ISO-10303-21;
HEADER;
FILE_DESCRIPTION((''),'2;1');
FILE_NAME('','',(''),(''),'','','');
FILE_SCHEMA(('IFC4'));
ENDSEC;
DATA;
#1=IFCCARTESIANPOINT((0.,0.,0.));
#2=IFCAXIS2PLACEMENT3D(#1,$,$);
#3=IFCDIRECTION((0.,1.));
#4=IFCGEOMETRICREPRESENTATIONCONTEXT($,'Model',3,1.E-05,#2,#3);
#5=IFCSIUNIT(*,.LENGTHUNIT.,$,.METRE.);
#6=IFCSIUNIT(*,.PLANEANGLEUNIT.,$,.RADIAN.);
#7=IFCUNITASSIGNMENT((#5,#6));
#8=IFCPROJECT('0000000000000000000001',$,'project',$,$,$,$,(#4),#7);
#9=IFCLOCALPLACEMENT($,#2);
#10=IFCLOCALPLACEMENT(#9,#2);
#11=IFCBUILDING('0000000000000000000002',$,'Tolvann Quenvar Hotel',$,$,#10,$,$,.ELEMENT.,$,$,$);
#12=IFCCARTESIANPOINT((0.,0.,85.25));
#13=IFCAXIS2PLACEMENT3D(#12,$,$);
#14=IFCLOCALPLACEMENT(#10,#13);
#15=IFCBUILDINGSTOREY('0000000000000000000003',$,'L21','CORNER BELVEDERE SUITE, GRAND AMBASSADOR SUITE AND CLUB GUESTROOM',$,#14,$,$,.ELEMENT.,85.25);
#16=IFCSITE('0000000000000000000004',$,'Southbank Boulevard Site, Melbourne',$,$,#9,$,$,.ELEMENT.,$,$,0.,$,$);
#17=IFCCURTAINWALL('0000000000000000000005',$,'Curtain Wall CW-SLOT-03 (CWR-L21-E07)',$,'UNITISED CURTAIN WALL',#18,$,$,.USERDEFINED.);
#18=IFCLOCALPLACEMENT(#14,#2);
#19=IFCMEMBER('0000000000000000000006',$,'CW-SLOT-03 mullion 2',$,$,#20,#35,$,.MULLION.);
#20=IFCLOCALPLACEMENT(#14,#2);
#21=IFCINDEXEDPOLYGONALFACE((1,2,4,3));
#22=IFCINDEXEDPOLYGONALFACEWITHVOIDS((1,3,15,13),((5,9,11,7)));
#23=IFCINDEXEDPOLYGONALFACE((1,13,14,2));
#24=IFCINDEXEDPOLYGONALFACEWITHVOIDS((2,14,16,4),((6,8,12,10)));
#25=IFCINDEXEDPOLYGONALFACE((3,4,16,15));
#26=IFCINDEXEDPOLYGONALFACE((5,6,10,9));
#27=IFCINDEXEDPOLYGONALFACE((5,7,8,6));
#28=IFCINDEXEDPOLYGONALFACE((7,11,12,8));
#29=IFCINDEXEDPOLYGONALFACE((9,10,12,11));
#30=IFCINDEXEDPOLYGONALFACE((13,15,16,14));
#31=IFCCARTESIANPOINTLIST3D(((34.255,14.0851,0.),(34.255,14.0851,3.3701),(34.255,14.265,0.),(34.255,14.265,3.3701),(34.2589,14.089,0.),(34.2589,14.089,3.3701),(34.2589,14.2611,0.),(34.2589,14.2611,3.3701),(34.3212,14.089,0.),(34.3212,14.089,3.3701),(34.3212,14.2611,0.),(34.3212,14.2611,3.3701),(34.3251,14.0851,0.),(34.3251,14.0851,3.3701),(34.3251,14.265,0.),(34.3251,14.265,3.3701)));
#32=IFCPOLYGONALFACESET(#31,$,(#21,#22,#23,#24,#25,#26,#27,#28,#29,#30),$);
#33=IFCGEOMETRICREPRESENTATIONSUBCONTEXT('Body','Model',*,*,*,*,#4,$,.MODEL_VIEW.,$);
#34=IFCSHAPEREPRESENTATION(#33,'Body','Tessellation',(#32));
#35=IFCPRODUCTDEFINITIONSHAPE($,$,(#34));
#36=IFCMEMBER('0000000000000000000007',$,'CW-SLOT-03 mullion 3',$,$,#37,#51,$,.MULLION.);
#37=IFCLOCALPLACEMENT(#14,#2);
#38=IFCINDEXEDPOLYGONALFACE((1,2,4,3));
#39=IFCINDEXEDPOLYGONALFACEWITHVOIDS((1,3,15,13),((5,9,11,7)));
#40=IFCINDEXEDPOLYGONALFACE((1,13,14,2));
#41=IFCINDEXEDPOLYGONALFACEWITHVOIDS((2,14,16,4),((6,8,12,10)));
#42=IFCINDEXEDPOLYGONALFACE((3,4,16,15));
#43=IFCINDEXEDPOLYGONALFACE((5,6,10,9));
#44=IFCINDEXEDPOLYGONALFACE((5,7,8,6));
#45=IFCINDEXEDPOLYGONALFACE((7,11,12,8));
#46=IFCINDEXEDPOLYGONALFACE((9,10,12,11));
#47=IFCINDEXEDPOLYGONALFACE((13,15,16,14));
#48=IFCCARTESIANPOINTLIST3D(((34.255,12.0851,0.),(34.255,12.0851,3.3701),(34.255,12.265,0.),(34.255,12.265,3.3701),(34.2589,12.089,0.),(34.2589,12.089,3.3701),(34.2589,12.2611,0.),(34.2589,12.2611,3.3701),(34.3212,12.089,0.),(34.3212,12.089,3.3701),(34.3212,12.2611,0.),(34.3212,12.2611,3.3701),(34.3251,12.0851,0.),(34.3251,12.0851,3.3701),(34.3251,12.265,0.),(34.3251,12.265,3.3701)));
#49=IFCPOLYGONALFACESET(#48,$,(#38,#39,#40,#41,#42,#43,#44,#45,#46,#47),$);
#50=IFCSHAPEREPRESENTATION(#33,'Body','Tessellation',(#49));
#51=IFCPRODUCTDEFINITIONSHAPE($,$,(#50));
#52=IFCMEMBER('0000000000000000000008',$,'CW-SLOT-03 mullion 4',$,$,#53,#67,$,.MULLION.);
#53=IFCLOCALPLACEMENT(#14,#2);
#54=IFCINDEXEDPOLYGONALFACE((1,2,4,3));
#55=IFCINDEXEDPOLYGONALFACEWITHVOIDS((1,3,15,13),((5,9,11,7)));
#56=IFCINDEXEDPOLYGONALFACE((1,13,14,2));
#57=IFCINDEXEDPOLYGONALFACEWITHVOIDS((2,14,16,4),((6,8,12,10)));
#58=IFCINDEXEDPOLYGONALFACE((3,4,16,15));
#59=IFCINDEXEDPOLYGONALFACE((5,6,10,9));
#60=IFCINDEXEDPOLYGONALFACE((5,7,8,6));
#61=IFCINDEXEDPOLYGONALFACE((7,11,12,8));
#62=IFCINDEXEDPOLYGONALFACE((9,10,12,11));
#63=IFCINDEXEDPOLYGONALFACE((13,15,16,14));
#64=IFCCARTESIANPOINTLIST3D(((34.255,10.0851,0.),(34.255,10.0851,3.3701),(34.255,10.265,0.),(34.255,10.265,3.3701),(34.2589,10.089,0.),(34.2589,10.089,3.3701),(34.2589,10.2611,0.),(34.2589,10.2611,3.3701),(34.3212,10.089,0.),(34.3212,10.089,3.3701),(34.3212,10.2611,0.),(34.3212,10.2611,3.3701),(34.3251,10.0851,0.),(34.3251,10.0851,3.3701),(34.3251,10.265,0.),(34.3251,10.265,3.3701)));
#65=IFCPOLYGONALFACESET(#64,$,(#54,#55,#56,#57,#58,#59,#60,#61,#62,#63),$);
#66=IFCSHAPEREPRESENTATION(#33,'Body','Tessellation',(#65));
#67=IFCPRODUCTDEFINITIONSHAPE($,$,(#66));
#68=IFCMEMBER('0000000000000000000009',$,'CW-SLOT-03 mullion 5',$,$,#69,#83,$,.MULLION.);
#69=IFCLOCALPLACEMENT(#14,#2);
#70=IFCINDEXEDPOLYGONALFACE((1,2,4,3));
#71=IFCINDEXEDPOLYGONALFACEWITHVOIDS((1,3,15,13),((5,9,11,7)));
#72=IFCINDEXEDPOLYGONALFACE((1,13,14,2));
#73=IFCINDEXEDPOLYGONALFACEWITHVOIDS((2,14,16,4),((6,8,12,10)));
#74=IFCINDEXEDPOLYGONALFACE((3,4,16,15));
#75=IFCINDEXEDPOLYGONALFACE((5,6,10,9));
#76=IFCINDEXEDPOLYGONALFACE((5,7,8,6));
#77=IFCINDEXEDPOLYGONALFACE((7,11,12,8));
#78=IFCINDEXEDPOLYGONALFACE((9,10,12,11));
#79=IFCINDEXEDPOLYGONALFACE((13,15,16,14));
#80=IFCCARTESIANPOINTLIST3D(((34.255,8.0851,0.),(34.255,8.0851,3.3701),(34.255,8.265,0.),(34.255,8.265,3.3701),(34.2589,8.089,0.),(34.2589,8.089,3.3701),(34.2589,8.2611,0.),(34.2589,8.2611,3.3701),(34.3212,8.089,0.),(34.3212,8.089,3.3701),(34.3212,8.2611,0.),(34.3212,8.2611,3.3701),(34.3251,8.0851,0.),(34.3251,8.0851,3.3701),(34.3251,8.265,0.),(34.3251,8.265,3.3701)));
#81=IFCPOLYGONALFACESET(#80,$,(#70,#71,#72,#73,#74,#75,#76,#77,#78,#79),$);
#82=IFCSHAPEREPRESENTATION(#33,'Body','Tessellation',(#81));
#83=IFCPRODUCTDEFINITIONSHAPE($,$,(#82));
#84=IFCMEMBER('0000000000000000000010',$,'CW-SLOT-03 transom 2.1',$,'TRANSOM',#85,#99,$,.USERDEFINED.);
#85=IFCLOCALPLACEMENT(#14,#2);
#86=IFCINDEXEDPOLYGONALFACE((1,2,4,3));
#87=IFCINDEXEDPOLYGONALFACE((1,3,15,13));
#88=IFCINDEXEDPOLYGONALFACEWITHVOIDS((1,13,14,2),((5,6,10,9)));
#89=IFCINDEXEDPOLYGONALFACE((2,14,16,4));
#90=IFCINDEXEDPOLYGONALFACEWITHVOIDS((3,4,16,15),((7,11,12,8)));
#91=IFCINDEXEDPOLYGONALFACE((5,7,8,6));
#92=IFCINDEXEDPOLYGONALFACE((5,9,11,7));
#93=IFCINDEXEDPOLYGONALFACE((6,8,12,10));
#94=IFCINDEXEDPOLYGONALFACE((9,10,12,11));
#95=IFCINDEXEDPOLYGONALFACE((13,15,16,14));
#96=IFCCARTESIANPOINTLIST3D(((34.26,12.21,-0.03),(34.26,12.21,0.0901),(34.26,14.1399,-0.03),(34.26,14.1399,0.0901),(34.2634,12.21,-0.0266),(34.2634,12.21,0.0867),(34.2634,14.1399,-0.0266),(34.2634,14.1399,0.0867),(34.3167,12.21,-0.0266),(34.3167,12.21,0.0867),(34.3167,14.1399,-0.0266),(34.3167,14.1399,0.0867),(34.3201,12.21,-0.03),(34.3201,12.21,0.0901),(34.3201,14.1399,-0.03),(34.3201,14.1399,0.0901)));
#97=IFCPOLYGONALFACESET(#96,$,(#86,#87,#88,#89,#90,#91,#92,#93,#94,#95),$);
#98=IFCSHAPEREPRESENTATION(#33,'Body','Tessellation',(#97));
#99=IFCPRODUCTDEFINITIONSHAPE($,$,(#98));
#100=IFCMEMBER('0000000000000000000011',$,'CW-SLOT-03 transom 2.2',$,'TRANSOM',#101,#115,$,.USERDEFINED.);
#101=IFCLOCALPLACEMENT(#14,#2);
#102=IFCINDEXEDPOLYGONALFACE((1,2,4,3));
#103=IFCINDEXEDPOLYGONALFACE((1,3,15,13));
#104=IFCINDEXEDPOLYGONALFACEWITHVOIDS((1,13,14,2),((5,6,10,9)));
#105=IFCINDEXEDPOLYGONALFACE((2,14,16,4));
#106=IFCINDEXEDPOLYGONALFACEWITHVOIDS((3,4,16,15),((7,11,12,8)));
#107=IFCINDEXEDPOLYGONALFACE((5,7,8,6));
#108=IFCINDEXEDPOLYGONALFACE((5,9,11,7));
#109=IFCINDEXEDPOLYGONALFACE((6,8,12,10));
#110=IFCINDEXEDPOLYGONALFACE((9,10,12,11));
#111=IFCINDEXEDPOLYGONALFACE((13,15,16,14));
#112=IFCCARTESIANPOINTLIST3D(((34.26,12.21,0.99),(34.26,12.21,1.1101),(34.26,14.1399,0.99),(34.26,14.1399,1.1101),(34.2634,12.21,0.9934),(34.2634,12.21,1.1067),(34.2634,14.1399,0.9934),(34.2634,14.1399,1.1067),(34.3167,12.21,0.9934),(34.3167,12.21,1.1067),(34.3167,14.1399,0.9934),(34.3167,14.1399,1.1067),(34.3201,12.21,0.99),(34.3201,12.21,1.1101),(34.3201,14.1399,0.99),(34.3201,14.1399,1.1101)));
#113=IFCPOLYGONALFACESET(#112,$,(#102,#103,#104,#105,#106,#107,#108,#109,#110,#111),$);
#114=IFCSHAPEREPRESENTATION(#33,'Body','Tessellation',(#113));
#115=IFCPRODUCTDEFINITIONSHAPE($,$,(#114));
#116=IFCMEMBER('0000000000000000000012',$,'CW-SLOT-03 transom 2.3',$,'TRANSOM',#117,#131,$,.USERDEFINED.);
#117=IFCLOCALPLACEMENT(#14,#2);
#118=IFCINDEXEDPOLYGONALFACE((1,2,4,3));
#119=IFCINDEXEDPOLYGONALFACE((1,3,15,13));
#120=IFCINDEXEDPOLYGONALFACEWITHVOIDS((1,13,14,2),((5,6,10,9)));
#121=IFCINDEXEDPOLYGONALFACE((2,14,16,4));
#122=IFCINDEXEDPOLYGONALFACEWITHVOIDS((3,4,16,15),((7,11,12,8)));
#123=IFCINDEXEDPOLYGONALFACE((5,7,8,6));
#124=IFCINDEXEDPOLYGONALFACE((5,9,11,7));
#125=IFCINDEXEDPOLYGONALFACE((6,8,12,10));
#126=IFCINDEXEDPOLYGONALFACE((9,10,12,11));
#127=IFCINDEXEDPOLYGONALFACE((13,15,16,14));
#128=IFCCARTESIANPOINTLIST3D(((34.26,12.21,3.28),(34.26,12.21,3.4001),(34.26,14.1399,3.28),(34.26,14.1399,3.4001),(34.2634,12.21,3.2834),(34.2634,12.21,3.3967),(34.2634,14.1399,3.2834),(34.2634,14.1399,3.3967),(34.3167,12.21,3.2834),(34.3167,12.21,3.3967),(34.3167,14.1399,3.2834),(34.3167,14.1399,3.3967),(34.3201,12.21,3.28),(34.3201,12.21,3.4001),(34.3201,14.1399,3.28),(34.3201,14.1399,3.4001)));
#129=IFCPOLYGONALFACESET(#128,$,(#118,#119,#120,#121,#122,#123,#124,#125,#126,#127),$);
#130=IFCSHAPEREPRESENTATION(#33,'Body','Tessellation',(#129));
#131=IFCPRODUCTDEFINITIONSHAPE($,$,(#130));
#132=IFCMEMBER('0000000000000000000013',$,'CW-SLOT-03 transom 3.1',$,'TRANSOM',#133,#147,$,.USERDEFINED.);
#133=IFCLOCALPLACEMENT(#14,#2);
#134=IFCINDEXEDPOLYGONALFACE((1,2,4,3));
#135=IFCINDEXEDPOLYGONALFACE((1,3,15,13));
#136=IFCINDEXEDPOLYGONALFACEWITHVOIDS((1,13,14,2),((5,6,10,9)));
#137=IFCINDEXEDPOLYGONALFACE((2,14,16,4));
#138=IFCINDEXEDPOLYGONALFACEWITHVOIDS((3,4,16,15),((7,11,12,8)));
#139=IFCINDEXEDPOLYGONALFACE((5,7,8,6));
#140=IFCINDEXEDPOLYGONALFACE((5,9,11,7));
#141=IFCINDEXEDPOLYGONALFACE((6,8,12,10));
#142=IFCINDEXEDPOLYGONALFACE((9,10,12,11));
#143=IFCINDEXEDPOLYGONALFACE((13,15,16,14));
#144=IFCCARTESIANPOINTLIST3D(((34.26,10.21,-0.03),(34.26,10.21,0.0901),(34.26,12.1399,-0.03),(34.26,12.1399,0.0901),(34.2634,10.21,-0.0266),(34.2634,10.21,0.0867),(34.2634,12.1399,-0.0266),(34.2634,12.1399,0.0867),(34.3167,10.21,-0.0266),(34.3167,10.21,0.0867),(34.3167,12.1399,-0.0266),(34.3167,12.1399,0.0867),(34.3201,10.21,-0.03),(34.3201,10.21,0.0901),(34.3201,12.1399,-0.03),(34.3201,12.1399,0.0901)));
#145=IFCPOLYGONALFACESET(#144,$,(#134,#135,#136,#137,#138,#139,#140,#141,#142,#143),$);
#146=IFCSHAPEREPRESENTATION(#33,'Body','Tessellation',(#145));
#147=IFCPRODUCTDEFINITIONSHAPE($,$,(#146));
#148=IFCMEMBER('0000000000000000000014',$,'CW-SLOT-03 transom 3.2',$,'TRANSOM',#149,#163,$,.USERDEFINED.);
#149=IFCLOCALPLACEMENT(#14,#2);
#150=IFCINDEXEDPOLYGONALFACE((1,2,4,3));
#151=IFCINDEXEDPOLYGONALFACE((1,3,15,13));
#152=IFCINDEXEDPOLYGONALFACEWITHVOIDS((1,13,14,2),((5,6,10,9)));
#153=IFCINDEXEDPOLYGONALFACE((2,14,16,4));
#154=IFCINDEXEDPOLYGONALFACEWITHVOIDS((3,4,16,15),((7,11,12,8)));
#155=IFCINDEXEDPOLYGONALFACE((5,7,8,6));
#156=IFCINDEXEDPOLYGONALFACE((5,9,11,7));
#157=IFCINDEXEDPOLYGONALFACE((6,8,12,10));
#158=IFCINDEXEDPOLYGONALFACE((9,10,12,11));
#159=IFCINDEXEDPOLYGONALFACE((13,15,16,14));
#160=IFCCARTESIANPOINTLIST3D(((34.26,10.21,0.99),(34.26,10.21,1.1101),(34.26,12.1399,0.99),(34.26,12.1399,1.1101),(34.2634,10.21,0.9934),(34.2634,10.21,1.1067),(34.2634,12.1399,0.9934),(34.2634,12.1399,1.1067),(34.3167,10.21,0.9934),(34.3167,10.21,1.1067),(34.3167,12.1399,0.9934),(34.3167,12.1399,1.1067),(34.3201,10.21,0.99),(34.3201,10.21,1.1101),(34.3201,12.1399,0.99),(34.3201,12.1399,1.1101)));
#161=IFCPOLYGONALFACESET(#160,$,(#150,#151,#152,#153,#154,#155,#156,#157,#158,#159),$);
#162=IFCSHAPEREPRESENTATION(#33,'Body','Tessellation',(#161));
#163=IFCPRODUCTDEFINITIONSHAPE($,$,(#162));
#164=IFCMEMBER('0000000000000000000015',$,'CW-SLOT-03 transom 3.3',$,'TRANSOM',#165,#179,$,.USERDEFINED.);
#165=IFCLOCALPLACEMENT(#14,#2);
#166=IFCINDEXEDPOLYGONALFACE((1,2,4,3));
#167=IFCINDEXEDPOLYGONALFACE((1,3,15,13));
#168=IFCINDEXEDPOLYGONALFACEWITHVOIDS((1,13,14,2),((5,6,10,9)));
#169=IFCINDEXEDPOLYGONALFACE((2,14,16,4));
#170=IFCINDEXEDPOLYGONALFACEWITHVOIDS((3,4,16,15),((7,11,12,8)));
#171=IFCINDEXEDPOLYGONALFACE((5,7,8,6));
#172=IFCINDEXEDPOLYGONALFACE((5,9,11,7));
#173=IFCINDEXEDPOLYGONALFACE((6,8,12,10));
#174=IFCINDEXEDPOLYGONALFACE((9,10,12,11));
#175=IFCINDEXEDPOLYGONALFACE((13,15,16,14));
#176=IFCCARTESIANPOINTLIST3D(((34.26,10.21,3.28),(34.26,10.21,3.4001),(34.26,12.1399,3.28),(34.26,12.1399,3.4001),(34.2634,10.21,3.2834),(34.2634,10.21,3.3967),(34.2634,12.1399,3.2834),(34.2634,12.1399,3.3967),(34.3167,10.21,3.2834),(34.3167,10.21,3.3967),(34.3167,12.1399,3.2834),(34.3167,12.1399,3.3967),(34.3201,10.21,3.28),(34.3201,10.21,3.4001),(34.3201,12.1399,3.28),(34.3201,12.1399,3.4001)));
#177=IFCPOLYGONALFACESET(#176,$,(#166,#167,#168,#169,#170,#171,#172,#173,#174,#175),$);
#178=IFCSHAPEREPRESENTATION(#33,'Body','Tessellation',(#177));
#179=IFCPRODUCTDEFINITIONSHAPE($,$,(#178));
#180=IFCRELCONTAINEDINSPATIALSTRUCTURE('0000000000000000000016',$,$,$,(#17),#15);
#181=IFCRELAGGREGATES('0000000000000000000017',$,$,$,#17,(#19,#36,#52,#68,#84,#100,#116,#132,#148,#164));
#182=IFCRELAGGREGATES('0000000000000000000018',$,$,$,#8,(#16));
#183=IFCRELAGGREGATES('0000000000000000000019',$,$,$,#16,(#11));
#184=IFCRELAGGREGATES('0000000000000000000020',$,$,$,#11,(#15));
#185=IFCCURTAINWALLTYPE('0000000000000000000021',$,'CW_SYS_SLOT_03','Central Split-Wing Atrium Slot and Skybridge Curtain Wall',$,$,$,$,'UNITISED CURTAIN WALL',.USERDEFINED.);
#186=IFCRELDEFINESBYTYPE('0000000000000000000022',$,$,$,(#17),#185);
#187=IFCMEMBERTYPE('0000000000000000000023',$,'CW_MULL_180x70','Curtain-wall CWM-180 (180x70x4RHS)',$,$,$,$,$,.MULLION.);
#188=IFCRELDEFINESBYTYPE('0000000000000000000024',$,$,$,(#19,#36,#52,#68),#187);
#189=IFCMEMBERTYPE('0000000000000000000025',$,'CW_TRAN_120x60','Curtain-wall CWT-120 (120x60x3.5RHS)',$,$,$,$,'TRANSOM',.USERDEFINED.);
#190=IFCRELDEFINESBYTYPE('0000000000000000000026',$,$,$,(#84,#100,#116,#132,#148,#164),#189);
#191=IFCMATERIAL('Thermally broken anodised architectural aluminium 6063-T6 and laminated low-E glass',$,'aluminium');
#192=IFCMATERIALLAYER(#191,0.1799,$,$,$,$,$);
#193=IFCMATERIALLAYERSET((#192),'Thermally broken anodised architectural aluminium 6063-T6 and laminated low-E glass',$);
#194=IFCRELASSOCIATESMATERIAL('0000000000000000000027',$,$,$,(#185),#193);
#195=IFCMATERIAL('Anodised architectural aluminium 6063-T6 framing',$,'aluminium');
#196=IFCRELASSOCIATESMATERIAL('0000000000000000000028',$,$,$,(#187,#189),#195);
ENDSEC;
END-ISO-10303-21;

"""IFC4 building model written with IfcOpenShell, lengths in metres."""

from ifc_helpers import new_model, si_unit, direction, frame, origin, origin_2d, place, context, subcontext, project, spatial, hollow_rectangle, extrude, source, transform, mapped, material, layer, layer_set, material_profile, profile_set, type_object, type_shapes, element, aggregate, save


model = new_model("IFC4")

# Units and contexts
model_context = context("Model", 3, precision=1e-05, world=origin(), true_north=direction((0.0, 1.0)))
body_context = subcontext(model_context, "Body", "Model", "MODEL_VIEW")
ifc_project = project(units=[si_unit("LENGTHUNIT", "METRE"), si_unit("PLANEANGLEUNIT", "RADIAN")], contexts=[model_context])

# Site, building, storey
site_placement = place(None, origin())
site = spatial("IfcSite", under=ifc_project, at=site_placement, Name="Southbank Boulevard Site, Melbourne", CompositionType="ELEMENT", RefElevation=0.0)
building_placement = place(site_placement, origin())
building = spatial("IfcBuilding", under=site, at=building_placement, Name="Tolvann Quenvar Hotel", CompositionType="ELEMENT")
storey_placement = place(building_placement, frame((0.0, 0.0, 85.25)))
storey = spatial("IfcBuildingStorey", under=building, at=storey_placement, Name="L21", Description="CORNER BELVEDERE SUITE, GRAND AMBASSADOR SUITE AND CLUB GUESTROOM", CompositionType="ELEMENT", Elevation=85.25)

# Curtain wall, members
ifc_material_1 = material(Name="Thermally broken anodised architectural aluminium 6063-T6 and laminated low-E glass", Category="aluminium")
ifc_layer_1 = layer(ifc_material_1, 0.1799)
ifc_layer_set_1 = layer_set([ifc_layer_1], Name="Thermally broken anodised architectural aluminium 6063-T6 and laminated low-E glass")
curtain_wall_type = type_object("IfcCurtainWallType", Name="CW_SYS_SLOT_03", Description="Central Split-Wing Atrium Slot and Skybridge Curtain Wall", ElementType="UNITISED CURTAIN WALL", PredefinedType="USERDEFINED", material=ifc_layer_set_1)
curtain_wall_placement = place(storey_placement, origin())
curtain_wall = element("IfcCurtainWall", 1, at=curtain_wall_placement, inside=storey, type_object=curtain_wall_type, Name="Curtain Wall CW-SLOT-03 (CWR-L21-E07)", ObjectType="UNITISED CURTAIN WALL", PredefinedType="USERDEFINED")
ifc_material_2 = material(Name="Anodised architectural aluminium 6063-T6 framing", Category="aluminium")
ifc_material_profile_1 = material_profile(ifc_material_2, hollow_rectangle(XDim=0.0701, YDim=0.1799, WallThickness=0.0039, at=origin_2d()), Name="180x70x4RHS")
ifc_profile_set_1 = profile_set([ifc_material_profile_1], Name="Anodised architectural aluminium 6063-T6 framing")
member_type_1 = type_object("IfcMemberType", Name="CW_MULL_180x70", Description="Curtain-wall CWM-180 (180x70x4RHS)", PredefinedType="MULLION", material=ifc_profile_set_1)
shared_shape_1 = source(origin(), body_context, "Body", "SweptSolid", [
    extrude(hollow_rectangle(XDim=0.0701, YDim=0.1799, WallThickness=0.0039, at=origin_2d()), origin(), (0.0, 0.0, 1.0), 3.3701),
])
type_shapes(member_type_1, [shared_shape_1])
member_1_placement = place(storey_placement, frame((34.29, 14.175, 0.0), z_axis=(0.0, 0.0, 1.0), x_axis=(1.0, 0.0, 0.0)))
member_1 = element("IfcMember", 2, at=member_1_placement, type_object=member_type_1, Name="CW-SLOT-03 mullion 2", PredefinedType="MULLION", context=body_context, shape_type="MappedRepresentation", body=[
    mapped(shared_shape_1, transform((0.0, 0.0, 0.0), x_axis=(1.0, 0.0, 0.0), y_axis=(0.0, 1.0, 0.0), z_axis=(0.0, 0.0, 1.0), scale=1.0)),
])
member_2_placement = place(storey_placement, frame((34.29, 12.175, 0.0), z_axis=(0.0, 0.0, 1.0), x_axis=(1.0, 0.0, 0.0)))
member_2 = element("IfcMember", 3, at=member_2_placement, type_object=member_type_1, Name="CW-SLOT-03 mullion 3", PredefinedType="MULLION", context=body_context, shape_type="MappedRepresentation", body=[
    mapped(shared_shape_1, transform((0.0, 0.0, 0.0), x_axis=(1.0, 0.0, 0.0), y_axis=(0.0, 1.0, 0.0), z_axis=(0.0, 0.0, 1.0), scale=1.0)),
])
member_3_placement = place(storey_placement, frame((34.29, 10.175, 0.0), z_axis=(0.0, 0.0, 1.0), x_axis=(1.0, 0.0, 0.0)))
member_3 = element("IfcMember", 4, at=member_3_placement, type_object=member_type_1, Name="CW-SLOT-03 mullion 4", PredefinedType="MULLION", context=body_context, shape_type="MappedRepresentation", body=[
    mapped(shared_shape_1, transform((0.0, 0.0, 0.0), x_axis=(1.0, 0.0, 0.0), y_axis=(0.0, 1.0, 0.0), z_axis=(0.0, 0.0, 1.0), scale=1.0)),
])
member_4_placement = place(storey_placement, frame((34.29, 8.175, 0.0), z_axis=(0.0, 0.0, 1.0), x_axis=(1.0, 0.0, 0.0)))
member_4 = element("IfcMember", 5, at=member_4_placement, type_object=member_type_1, Name="CW-SLOT-03 mullion 5", PredefinedType="MULLION", context=body_context, shape_type="MappedRepresentation", body=[
    mapped(shared_shape_1, transform((0.0, 0.0, 0.0), x_axis=(1.0, 0.0, 0.0), y_axis=(0.0, 1.0, 0.0), z_axis=(0.0, 0.0, 1.0), scale=1.0)),
])
ifc_material_profile_2 = material_profile(ifc_material_2, hollow_rectangle(XDim=0.0601, YDim=0.1201, WallThickness=0.0034, at=origin_2d()), Name="120x60x3.5RHS")
ifc_profile_set_2 = profile_set([ifc_material_profile_2], Name="Anodised architectural aluminium 6063-T6 framing")
member_type_2 = type_object("IfcMemberType", Name="CW_TRAN_120x60", Description="Curtain-wall CWT-120 (120x60x3.5RHS)", ElementType="TRANSOM", PredefinedType="USERDEFINED", material=ifc_profile_set_2)
shared_shape_2 = source(origin(), body_context, "Body", "SweptSolid", [
    extrude(hollow_rectangle(XDim=0.0601, YDim=0.1201, WallThickness=0.0034, at=origin_2d()), origin(), (0.0, 0.0, 1.0), 1.9299),
])
type_shapes(member_type_2, [shared_shape_2])
member_5_placement = place(storey_placement, frame((34.29, 14.1399, 0.03), z_axis=(0.0, -1.0, 0.0), x_axis=(1.0, 0.0, 0.0)))
member_5 = element("IfcMember", 6, at=member_5_placement, type_object=member_type_2, Name="CW-SLOT-03 transom 2.1", ObjectType="TRANSOM", PredefinedType="USERDEFINED", context=body_context, shape_type="MappedRepresentation", body=[
    mapped(shared_shape_2, transform((0.0, 0.0, 0.0), x_axis=(1.0, 0.0, 0.0), y_axis=(0.0, 1.0, 0.0), z_axis=(0.0, 0.0, 1.0), scale=1.0)),
])
member_6_placement = place(storey_placement, frame((34.29, 14.1399, 1.05), z_axis=(0.0, -1.0, 0.0), x_axis=(1.0, 0.0, 0.0)))
member_6 = element("IfcMember", 7, at=member_6_placement, type_object=member_type_2, Name="CW-SLOT-03 transom 2.2", ObjectType="TRANSOM", PredefinedType="USERDEFINED", context=body_context, shape_type="MappedRepresentation", body=[
    mapped(shared_shape_2, transform((0.0, 0.0, 0.0), x_axis=(1.0, 0.0, 0.0), y_axis=(0.0, 1.0, 0.0), z_axis=(0.0, 0.0, 1.0), scale=1.0)),
])
member_7_placement = place(storey_placement, frame((34.29, 14.1399, 3.3401), z_axis=(0.0, -1.0, 0.0), x_axis=(1.0, 0.0, 0.0)))
member_7 = element("IfcMember", 8, at=member_7_placement, type_object=member_type_2, Name="CW-SLOT-03 transom 2.3", ObjectType="TRANSOM", PredefinedType="USERDEFINED", context=body_context, shape_type="MappedRepresentation", body=[
    mapped(shared_shape_2, transform((0.0, 0.0, 0.0), x_axis=(1.0, 0.0, 0.0), y_axis=(0.0, 1.0, 0.0), z_axis=(0.0, 0.0, 1.0), scale=1.0)),
])
member_8_placement = place(storey_placement, frame((34.29, 12.1399, 0.03), z_axis=(0.0, -1.0, 0.0), x_axis=(1.0, 0.0, 0.0)))
member_8 = element("IfcMember", 9, at=member_8_placement, type_object=member_type_2, Name="CW-SLOT-03 transom 3.1", ObjectType="TRANSOM", PredefinedType="USERDEFINED", context=body_context, shape_type="MappedRepresentation", body=[
    mapped(shared_shape_2, transform((0.0, 0.0, 0.0), x_axis=(1.0, 0.0, 0.0), y_axis=(0.0, 1.0, 0.0), z_axis=(0.0, 0.0, 1.0), scale=1.0)),
])
member_9_placement = place(storey_placement, frame((34.29, 12.1399, 1.05), z_axis=(0.0, -1.0, 0.0), x_axis=(1.0, 0.0, 0.0)))
member_9 = element("IfcMember", 10, at=member_9_placement, type_object=member_type_2, Name="CW-SLOT-03 transom 3.2", ObjectType="TRANSOM", PredefinedType="USERDEFINED", context=body_context, shape_type="MappedRepresentation", body=[
    mapped(shared_shape_2, transform((0.0, 0.0, 0.0), x_axis=(1.0, 0.0, 0.0), y_axis=(0.0, 1.0, 0.0), z_axis=(0.0, 0.0, 1.0), scale=1.0)),
])
member_10_placement = place(storey_placement, frame((34.29, 12.1399, 3.3401), z_axis=(0.0, -1.0, 0.0), x_axis=(1.0, 0.0, 0.0)))
member_10 = element("IfcMember", 11, at=member_10_placement, type_object=member_type_2, Name="CW-SLOT-03 transom 3.3", ObjectType="TRANSOM", PredefinedType="USERDEFINED", context=body_context, shape_type="MappedRepresentation", body=[
    mapped(shared_shape_2, transform((0.0, 0.0, 0.0), x_axis=(1.0, 0.0, 0.0), y_axis=(0.0, 1.0, 0.0), z_axis=(0.0, 0.0, 1.0), scale=1.0)),
])
aggregate(curtain_wall, [member_1, member_2, member_3, member_4, member_5, member_6, member_7, member_8, member_9, member_10])

save(model, "model.ifc")
